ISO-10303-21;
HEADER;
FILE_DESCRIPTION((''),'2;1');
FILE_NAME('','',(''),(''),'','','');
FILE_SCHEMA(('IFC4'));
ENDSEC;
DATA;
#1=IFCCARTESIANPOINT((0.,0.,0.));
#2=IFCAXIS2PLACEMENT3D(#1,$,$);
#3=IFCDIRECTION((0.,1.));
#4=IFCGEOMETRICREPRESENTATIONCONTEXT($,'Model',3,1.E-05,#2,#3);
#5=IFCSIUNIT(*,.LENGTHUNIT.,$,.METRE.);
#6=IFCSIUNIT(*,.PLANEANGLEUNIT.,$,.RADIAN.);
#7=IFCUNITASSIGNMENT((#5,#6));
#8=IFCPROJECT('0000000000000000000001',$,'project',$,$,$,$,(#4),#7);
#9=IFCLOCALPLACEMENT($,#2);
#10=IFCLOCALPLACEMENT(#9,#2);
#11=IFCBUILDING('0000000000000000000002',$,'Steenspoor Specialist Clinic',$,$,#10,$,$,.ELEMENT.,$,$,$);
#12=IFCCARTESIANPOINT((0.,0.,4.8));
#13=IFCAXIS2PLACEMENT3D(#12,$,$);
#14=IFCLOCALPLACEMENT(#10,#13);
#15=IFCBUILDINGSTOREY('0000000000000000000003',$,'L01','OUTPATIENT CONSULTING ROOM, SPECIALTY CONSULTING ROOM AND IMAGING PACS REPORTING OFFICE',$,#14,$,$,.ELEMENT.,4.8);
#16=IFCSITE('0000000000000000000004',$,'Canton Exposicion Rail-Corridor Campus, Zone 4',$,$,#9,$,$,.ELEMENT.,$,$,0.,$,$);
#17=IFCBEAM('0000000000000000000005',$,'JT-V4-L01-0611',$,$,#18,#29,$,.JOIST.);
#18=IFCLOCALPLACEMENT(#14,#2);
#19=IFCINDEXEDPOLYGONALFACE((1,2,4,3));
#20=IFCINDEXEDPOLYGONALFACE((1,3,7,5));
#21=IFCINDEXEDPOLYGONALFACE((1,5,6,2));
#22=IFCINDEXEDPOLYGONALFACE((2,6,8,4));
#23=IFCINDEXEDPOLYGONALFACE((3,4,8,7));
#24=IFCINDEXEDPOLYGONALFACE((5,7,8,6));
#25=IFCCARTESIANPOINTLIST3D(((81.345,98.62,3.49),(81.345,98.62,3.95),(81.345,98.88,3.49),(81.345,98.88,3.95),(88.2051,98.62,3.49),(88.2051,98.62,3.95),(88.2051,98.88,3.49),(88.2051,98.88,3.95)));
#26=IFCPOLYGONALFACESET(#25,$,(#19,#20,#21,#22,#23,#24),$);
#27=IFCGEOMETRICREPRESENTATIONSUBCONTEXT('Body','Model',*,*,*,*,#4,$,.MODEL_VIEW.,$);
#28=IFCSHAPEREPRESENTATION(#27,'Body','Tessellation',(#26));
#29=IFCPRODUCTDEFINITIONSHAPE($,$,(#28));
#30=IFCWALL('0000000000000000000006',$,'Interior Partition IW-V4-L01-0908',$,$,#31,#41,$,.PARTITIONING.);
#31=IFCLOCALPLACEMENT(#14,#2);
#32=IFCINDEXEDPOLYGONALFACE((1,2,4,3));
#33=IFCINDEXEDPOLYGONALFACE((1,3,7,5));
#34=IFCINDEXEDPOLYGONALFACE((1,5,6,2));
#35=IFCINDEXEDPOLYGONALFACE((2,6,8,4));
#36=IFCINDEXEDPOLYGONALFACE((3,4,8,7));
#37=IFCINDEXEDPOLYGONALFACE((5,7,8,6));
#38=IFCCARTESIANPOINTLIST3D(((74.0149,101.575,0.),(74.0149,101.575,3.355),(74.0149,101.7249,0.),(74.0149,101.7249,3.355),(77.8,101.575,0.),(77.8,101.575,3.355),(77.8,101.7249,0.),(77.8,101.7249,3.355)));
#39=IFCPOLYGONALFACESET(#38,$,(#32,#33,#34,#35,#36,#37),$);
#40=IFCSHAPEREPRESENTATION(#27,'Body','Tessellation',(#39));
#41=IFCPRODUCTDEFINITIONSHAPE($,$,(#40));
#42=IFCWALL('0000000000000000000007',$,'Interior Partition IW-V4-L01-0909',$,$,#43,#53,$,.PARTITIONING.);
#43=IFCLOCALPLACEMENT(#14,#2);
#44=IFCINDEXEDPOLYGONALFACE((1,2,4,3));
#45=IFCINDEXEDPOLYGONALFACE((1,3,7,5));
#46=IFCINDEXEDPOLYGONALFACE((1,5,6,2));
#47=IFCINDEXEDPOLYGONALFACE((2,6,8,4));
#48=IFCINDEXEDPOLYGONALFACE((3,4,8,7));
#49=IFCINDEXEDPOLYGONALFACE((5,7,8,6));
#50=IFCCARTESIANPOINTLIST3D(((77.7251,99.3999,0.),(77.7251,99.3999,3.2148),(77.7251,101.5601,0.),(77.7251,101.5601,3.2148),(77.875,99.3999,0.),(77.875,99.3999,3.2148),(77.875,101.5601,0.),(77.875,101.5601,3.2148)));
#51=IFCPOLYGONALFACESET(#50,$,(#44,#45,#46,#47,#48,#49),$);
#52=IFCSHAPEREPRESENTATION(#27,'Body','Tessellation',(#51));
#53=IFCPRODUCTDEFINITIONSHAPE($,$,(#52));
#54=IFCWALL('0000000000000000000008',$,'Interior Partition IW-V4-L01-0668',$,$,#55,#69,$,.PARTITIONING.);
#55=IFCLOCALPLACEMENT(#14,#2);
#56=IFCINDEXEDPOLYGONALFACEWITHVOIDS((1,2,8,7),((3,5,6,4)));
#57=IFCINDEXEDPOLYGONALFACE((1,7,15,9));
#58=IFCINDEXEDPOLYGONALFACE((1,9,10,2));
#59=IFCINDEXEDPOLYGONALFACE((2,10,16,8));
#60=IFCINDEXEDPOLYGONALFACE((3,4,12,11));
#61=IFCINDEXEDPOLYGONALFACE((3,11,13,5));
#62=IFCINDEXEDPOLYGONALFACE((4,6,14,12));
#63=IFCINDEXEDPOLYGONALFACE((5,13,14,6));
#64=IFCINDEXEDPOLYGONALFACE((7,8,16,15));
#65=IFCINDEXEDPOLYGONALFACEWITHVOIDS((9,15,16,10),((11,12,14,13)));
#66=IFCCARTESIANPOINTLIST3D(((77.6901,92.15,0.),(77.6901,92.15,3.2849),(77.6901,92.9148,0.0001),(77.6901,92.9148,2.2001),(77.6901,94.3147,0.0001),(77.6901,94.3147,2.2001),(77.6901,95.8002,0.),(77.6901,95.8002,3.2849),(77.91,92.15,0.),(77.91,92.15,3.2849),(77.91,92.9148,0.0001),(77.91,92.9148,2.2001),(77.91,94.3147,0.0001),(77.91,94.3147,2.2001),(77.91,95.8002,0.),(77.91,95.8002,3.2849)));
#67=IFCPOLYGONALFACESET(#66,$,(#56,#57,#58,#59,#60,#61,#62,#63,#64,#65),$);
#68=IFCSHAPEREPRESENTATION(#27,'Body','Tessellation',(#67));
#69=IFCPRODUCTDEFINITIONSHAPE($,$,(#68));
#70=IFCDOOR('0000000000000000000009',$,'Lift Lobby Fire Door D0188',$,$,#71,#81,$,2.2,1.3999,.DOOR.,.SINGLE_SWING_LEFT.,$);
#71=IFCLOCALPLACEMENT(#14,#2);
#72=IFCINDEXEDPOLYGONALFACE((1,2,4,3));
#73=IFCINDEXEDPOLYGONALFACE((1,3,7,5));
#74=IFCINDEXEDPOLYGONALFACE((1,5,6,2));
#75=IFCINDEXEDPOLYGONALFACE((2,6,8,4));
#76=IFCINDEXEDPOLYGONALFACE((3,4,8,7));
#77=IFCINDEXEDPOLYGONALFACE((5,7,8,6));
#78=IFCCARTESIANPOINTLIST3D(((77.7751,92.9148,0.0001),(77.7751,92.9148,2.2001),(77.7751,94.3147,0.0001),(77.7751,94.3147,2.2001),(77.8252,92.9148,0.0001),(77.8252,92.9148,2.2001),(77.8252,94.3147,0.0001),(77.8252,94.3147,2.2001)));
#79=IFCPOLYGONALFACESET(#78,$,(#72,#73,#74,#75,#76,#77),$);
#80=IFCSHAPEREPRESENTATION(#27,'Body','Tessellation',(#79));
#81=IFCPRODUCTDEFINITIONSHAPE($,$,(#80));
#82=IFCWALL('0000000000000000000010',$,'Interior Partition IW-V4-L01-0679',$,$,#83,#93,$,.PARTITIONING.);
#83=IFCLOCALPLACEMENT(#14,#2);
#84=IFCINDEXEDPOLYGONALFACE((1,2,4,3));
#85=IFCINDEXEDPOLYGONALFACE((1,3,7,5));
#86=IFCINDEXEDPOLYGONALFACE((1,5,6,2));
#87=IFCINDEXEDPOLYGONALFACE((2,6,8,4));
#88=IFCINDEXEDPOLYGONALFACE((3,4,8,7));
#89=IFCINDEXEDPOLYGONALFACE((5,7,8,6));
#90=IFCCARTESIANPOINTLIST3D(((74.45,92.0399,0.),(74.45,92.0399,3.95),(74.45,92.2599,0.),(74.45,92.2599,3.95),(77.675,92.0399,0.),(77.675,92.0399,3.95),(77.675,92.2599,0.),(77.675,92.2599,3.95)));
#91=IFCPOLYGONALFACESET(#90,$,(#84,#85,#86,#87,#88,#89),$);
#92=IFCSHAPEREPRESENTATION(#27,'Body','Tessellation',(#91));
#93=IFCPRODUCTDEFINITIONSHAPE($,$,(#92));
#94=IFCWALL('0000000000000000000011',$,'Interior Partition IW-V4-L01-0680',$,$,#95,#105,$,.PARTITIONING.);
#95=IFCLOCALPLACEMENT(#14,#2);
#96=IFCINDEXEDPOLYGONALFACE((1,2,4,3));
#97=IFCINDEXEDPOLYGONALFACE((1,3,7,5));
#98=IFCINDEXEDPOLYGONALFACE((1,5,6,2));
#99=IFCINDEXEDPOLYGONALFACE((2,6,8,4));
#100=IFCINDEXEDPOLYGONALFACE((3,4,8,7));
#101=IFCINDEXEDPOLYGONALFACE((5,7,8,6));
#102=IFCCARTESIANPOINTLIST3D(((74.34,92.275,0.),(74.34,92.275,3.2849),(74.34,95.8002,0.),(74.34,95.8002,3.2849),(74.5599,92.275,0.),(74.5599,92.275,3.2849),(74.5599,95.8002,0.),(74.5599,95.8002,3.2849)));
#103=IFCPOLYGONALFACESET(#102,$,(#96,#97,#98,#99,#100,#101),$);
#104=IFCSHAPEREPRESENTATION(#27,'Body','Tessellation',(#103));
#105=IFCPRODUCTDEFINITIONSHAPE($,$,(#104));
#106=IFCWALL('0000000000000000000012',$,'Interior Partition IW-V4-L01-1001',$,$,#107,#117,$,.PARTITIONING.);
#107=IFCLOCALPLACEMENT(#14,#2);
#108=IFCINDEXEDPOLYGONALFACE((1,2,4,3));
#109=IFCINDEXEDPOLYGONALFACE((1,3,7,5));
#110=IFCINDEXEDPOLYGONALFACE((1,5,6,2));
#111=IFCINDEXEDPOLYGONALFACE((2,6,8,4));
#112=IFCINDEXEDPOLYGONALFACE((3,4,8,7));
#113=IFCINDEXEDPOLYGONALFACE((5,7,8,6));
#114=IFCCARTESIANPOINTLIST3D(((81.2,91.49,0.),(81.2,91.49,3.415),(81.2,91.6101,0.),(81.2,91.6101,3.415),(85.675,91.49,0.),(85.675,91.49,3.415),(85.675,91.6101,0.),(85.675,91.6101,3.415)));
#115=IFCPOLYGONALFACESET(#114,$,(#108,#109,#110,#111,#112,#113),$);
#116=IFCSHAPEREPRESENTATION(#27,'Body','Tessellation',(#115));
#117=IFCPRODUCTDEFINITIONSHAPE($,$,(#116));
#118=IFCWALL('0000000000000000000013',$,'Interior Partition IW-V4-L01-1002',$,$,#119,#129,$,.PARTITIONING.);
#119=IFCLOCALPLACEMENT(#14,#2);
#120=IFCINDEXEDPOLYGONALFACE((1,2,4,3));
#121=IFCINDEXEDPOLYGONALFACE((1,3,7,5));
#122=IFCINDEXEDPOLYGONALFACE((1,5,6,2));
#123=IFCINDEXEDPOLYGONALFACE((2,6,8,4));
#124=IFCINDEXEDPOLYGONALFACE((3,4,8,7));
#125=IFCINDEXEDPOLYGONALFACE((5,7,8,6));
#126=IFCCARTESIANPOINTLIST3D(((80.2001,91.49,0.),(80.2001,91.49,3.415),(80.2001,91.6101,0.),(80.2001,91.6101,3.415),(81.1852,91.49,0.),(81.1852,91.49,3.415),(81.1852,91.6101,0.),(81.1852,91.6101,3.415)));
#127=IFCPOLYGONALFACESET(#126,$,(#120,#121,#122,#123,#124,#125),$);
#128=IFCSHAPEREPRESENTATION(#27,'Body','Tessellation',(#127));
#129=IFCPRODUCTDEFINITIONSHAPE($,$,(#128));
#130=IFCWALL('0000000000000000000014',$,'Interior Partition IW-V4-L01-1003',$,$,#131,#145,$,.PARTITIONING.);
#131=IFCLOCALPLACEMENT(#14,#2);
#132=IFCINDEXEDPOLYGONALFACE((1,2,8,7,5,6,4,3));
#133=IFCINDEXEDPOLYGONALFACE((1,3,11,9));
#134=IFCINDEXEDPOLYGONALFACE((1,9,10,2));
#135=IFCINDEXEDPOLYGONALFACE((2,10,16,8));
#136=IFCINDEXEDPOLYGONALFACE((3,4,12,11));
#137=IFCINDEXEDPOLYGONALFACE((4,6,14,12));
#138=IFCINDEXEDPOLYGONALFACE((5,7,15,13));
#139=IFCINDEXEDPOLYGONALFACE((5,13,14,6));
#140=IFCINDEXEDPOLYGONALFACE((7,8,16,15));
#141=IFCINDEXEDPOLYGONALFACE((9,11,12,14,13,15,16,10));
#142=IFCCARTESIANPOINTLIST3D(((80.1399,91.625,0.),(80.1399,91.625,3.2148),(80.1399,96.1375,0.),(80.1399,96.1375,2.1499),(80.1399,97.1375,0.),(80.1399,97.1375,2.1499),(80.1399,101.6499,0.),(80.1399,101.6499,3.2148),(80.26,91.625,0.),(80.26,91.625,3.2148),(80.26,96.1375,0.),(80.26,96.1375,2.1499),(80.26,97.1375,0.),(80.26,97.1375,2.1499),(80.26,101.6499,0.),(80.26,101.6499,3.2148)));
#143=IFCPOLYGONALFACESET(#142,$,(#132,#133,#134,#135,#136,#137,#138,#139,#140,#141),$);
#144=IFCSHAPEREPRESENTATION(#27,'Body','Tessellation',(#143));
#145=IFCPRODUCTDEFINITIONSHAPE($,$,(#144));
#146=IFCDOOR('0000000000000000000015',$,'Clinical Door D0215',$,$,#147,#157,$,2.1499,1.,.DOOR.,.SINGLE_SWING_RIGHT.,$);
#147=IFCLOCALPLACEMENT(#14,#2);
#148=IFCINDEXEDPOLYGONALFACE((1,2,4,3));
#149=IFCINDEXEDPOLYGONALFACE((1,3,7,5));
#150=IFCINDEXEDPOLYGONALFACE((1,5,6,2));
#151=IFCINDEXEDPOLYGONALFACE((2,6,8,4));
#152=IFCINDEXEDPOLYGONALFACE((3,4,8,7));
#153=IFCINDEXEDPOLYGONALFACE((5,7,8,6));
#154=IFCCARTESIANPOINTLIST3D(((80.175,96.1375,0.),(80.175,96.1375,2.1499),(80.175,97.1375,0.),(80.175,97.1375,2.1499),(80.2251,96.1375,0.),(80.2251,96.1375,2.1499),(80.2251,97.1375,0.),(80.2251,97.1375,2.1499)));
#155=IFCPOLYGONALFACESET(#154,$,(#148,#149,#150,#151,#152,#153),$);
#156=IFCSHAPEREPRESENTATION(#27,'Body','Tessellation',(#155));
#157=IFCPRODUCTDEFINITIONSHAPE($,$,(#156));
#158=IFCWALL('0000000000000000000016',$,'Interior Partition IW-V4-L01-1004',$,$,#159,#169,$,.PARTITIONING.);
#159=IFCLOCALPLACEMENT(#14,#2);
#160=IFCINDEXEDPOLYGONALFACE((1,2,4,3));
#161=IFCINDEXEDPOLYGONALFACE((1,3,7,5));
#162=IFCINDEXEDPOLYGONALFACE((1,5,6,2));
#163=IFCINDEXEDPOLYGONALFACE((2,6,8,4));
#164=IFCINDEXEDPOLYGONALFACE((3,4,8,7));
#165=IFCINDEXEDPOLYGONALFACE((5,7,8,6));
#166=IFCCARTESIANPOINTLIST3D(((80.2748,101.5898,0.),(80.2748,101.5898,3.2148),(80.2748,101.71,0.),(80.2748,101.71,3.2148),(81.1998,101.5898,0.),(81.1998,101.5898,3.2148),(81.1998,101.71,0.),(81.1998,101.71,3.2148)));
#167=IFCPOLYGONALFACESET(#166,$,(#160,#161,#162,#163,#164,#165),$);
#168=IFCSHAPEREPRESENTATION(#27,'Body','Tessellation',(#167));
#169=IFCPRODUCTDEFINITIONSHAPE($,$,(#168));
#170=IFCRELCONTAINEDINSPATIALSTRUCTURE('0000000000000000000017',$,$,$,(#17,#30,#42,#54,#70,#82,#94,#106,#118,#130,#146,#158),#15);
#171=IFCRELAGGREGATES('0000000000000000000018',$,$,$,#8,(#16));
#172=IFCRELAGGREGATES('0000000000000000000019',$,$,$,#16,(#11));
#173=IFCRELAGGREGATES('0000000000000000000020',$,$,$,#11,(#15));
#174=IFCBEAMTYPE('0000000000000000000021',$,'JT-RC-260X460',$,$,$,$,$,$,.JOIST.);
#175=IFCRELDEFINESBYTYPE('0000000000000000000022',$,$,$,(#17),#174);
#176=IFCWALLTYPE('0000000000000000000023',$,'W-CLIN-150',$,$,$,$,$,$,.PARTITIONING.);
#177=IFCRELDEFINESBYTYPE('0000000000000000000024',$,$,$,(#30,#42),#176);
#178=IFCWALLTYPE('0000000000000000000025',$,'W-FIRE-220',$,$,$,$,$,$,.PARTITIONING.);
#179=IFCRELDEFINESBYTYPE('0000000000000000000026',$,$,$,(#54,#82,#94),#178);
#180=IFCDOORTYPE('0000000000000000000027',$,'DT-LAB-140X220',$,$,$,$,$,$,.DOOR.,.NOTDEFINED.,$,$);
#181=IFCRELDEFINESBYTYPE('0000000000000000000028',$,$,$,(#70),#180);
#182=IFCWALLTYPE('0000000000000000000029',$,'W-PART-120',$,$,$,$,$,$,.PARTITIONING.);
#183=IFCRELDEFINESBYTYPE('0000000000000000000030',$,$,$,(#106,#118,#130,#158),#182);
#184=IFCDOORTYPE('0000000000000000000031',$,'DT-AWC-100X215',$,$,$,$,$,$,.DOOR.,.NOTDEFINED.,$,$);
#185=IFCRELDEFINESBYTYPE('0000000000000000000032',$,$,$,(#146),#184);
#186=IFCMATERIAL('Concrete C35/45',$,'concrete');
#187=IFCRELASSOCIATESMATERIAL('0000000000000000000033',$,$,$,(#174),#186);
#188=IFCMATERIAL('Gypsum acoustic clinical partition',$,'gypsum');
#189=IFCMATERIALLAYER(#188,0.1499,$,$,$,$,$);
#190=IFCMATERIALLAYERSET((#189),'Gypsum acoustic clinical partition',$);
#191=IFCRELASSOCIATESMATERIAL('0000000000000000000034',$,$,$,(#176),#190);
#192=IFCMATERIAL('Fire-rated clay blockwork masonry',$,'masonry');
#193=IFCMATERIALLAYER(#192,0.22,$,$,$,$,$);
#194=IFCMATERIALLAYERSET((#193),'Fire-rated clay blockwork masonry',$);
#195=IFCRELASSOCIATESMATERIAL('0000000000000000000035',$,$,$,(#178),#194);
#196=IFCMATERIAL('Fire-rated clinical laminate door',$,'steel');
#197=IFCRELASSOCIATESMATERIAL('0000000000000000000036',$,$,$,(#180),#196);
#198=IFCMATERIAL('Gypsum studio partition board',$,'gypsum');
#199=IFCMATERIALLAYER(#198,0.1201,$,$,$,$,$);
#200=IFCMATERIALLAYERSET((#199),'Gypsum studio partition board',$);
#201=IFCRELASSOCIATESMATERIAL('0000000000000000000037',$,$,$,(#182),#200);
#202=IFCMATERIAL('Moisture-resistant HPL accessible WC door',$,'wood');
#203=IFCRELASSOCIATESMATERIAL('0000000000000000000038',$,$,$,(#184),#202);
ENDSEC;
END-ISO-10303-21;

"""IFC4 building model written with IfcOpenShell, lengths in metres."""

from ifc_helpers import new_model, si_unit, direction, frame, frame_2d, origin, origin_2d, place, context, subcontext, project, spatial, rectangle, extrude, material, layer, layer_set, material_profile, profile_set, type_object, element, fill, save


model = new_model("IFC4")

# Units and contexts
model_context = context("Model", 3, precision=1e-05, world=origin(), true_north=direction((0.0, 1.0)))
body_context = subcontext(model_context, "Body", "Model", "MODEL_VIEW")
ifc_project = project(units=[si_unit("LENGTHUNIT", "METRE"), si_unit("PLANEANGLEUNIT", "RADIAN")], contexts=[model_context])

# Site, building, storey
site_placement = place(None, origin())
site = spatial("IfcSite", under=ifc_project, at=site_placement, Name="Canton Exposicion Rail-Corridor Campus, Zone 4", CompositionType="ELEMENT", RefElevation=0.0)
building_placement = place(site_placement, origin())
building = spatial("IfcBuilding", under=site, at=building_placement, Name="Steenspoor Specialist Clinic", CompositionType="ELEMENT")
storey_placement = place(building_placement, frame((0.0, 0.0, 4.8)))
storey = spatial("IfcBuildingStorey", under=building, at=storey_placement, Name="L01", Description="OUTPATIENT CONSULTING ROOM, SPECIALTY CONSULTING ROOM AND IMAGING PACS REPORTING OFFICE", CompositionType="ELEMENT", Elevation=4.8)

# Beam
ifc_material_1 = material(Name="Concrete C35/45", Category="concrete")
ifc_material_profile_1 = material_profile(ifc_material_1, rectangle(XDim=0.26, YDim=0.46, at=origin_2d()), Name="RC-JT-260X460")
ifc_profile_set_1 = profile_set([ifc_material_profile_1], Name="Concrete C35/45")
beam_type_1 = type_object("IfcBeamType", Name="JT-RC-260X460", PredefinedType="JOIST", material=ifc_profile_set_1)
beam_1_placement = place(storey_placement, frame((81.345, 98.75, 3.72), z_axis=(1.0, 0.0, 0.0), x_axis=(0.0, 1.0, 0.0)))
element("IfcBeam", 1, at=beam_1_placement, inside=storey, type_object=beam_type_1, Name="JT-V4-L01-0611", PredefinedType="JOIST", context=body_context, shape_type="SweptSolid", body=[
    extrude(rectangle(XDim=0.26, YDim=0.46, at=origin_2d()), origin(), (0.0, 0.0, 1.0), 6.8601),
])

# Walls
ifc_material_2 = material(Name="Gypsum acoustic clinical partition", Category="gypsum")
ifc_layer_1 = layer(ifc_material_2, 0.1499)
ifc_layer_set_1 = layer_set([ifc_layer_1], Name="Gypsum acoustic clinical partition")
wall_type_1 = type_object("IfcWallType", Name="W-CLIN-150", PredefinedType="PARTITIONING", material=ifc_layer_set_1)
wall_1_placement = place(storey_placement, frame((74.0149, 101.6499, 0.0), z_axis=(0.0, 0.0, 1.0), x_axis=(1.0, 0.0, 0.0)))
element("IfcWall", 2, at=wall_1_placement, inside=storey, type_object=wall_type_1, Name="Interior Partition IW-V4-L01-0908", PredefinedType="PARTITIONING", context=body_context, shape_type="SweptSolid", body=[
    extrude(rectangle(XDim=3.7852, YDim=0.1499, at=frame_2d((1.8926, 0.0))), origin(), (0.0, 0.0, 1.0), 3.355),
])
wall_2_placement = place(storey_placement, frame((77.8, 99.3999, 0.0), z_axis=(0.0, 0.0, 1.0), x_axis=(0.0, 1.0, 0.0)))
element("IfcWall", 3, at=wall_2_placement, inside=storey, type_object=wall_type_1, Name="Interior Partition IW-V4-L01-0909", PredefinedType="PARTITIONING", context=body_context, shape_type="SweptSolid", body=[
    extrude(rectangle(XDim=2.1602, YDim=0.1499, at=frame_2d((1.0801, 0.0))), origin(), (0.0, 0.0, 1.0), 3.2148),
])

# Wall, opening, door
ifc_material_3 = material(Name="Fire-rated clay blockwork masonry", Category="masonry")
ifc_layer_2 = layer(ifc_material_3, 0.22)
ifc_layer_set_2 = layer_set([ifc_layer_2], Name="Fire-rated clay blockwork masonry")
wall_type_2 = type_object("IfcWallType", Name="W-FIRE-220", PredefinedType="PARTITIONING", material=ifc_layer_set_2)
wall_3_placement = place(storey_placement, frame((77.8, 92.1499, 0.0), z_axis=(0.0, 0.0, 1.0), x_axis=(0.0, 1.0, 0.0)))
wall_3 = element("IfcWall", 4, at=wall_3_placement, inside=storey, type_object=wall_type_2, Name="Interior Partition IW-V4-L01-0668", PredefinedType="PARTITIONING", context=body_context, shape_type="SweptSolid", body=[
    extrude(rectangle(XDim=3.6501, YDim=0.22, at=frame_2d((1.8252, 0.0))), origin(), (0.0, 0.0, 1.0), 3.2849),
])
opening_1_placement = place(wall_3_placement, frame((0.7649, 0.0, 0.0)))
opening_1 = element("IfcOpeningElement", 5, at=opening_1_placement, cuts=wall_3, PredefinedType="OPENING", context=body_context, shape_type="SweptSolid", body=[
    extrude(rectangle(XDim=1.3999, YDim=2.2, at=frame_2d((0.7, 1.1001))), frame((0.0, 0.1201, 0.0), z_axis=(0.0, -1.0, 0.0), x_axis=(1.0, 0.0, 0.0)), (0.0, 0.0, 1.0), 0.24),
])
ifc_material_4 = material(Name="Fire-rated clinical laminate door", Category="steel")
door_type_1 = type_object("IfcDoorType", Name="DT-LAB-140X220", OperationType="NOTDEFINED", PredefinedType="DOOR", material=ifc_material_4)
door_1_placement = place(opening_1_placement, origin())
door_1 = element("IfcDoor", 6, at=door_1_placement, inside=storey, type_object=door_type_1, Name="Lift Lobby Fire Door D0188", OperationType="SINGLE_SWING_LEFT", OverallHeight=2.2, OverallWidth=1.3999, PredefinedType="DOOR", context=body_context, shape_type="SweptSolid", body=[
    extrude(rectangle(XDim=1.3999, YDim=2.2, at=frame_2d((0.7, 1.1001))), frame((0.0, 0.0249, 0.0), z_axis=(0.0, -1.0, 0.0), x_axis=(1.0, 0.0, 0.0)), (0.0, 0.0, 1.0), 0.05),
])
fill(opening_1, door_1)

# Walls
wall_4_placement = place(storey_placement, frame((74.45, 92.1499, 0.0), z_axis=(0.0, 0.0, 1.0), x_axis=(1.0, 0.0, 0.0)))
element("IfcWall", 7, at=wall_4_placement, inside=storey, type_object=wall_type_2, Name="Interior Partition IW-V4-L01-0679", PredefinedType="PARTITIONING", context=body_context, shape_type="SweptSolid", body=[
    extrude(rectangle(XDim=3.2251, YDim=0.22, at=frame_2d((1.6125, 0.0))), origin(), (0.0, 0.0, 1.0), 3.95),
])
wall_5_placement = place(storey_placement, frame((74.45, 92.2749, 0.0), z_axis=(0.0, 0.0, 1.0), x_axis=(0.0, 1.0, 0.0)))
element("IfcWall", 8, at=wall_5_placement, inside=storey, type_object=wall_type_2, Name="Interior Partition IW-V4-L01-0680", PredefinedType="PARTITIONING", context=body_context, shape_type="SweptSolid", body=[
    extrude(rectangle(XDim=3.5251, YDim=0.22, at=frame_2d((1.7627, 0.0))), origin(), (0.0, 0.0, 1.0), 3.2849),
])
ifc_material_5 = material(Name="Gypsum studio partition board", Category="gypsum")
ifc_layer_3 = layer(ifc_material_5, 0.1201)
ifc_layer_set_3 = layer_set([ifc_layer_3], Name="Gypsum studio partition board")
wall_type_3 = type_object("IfcWallType", Name="W-PART-120", PredefinedType="PARTITIONING", material=ifc_layer_set_3)
wall_6_placement = place(storey_placement, frame((81.2, 91.55, 0.0), z_axis=(0.0, 0.0, 1.0), x_axis=(1.0, 0.0, 0.0)))
element("IfcWall", 9, at=wall_6_placement, inside=storey, type_object=wall_type_3, Name="Interior Partition IW-V4-L01-1001", PredefinedType="PARTITIONING", context=body_context, shape_type="SweptSolid", body=[
    extrude(rectangle(XDim=4.4751, YDim=0.1201, at=frame_2d((2.2375, 0.0))), origin(), (0.0, 0.0, 1.0), 3.415),
])
wall_7_placement = place(storey_placement, frame((80.2, 91.55, 0.0), z_axis=(0.0, 0.0, 1.0), x_axis=(1.0, 0.0, 0.0)))
element("IfcWall", 10, at=wall_7_placement, inside=storey, type_object=wall_type_3, Name="Interior Partition IW-V4-L01-1002", PredefinedType="PARTITIONING", context=body_context, shape_type="SweptSolid", body=[
    extrude(rectangle(XDim=0.9851, YDim=0.1201, at=frame_2d((0.4927, 0.0))), origin(), (0.0, 0.0, 1.0), 3.415),
])

# Wall, opening, door
wall_8_placement = place(storey_placement, frame((80.2, 91.625, 0.0), z_axis=(0.0, 0.0, 1.0), x_axis=(0.0, 1.0, 0.0)))
wall_8 = element("IfcWall", 11, at=wall_8_placement, inside=storey, type_object=wall_type_3, Name="Interior Partition IW-V4-L01-1003", PredefinedType="PARTITIONING", context=body_context, shape_type="SweptSolid", body=[
    extrude(rectangle(XDim=10.0249, YDim=0.1201, at=frame_2d((5.0125, 0.0))), origin(), (0.0, 0.0, 1.0), 3.2148),
])
opening_2_placement = place(wall_8_placement, frame((4.5125, 0.0, 0.0)))
opening_2 = element("IfcOpeningElement", 12, at=opening_2_placement, cuts=wall_8, PredefinedType="OPENING", context=body_context, shape_type="SweptSolid", body=[
    extrude(rectangle(XDim=1.0, YDim=2.1499, at=frame_2d((0.5, 1.075))), frame((0.0, 0.0701, 0.0), z_axis=(0.0, -1.0, 0.0), x_axis=(1.0, 0.0, 0.0)), (0.0, 0.0, 1.0), 0.1401),
])
ifc_material_6 = material(Name="Moisture-resistant HPL accessible WC door", Category="wood")
door_type_2 = type_object("IfcDoorType", Name="DT-AWC-100X215", OperationType="NOTDEFINED", PredefinedType="DOOR", material=ifc_material_6)
door_2_placement = place(opening_2_placement, origin())
door_2 = element("IfcDoor", 13, at=door_2_placement, inside=storey, type_object=door_type_2, Name="Clinical Door D0215", OperationType="SINGLE_SWING_RIGHT", OverallHeight=2.1499, OverallWidth=1.0, PredefinedType="DOOR", context=body_context, shape_type="SweptSolid", body=[
    extrude(rectangle(XDim=1.0, YDim=2.1499, at=frame_2d((0.5, 1.075))), frame((0.0, 0.0249, 0.0), z_axis=(0.0, -1.0, 0.0), x_axis=(1.0, 0.0, 0.0)), (0.0, 0.0, 1.0), 0.05),
])
fill(opening_2, door_2)

# Wall
wall_9_placement = place(storey_placement, frame((80.2749, 101.6499, 0.0), z_axis=(0.0, 0.0, 1.0), x_axis=(1.0, 0.0, 0.0)))
element("IfcWall", 14, at=wall_9_placement, inside=storey, type_object=wall_type_3, Name="Interior Partition IW-V4-L01-1004", PredefinedType="PARTITIONING", context=body_context, shape_type="SweptSolid", body=[
    extrude(rectangle(XDim=0.925, YDim=0.1201, at=frame_2d((0.4624, 0.0))), origin(), (0.0, 0.0, 1.0), 3.2148),
])

save(model, "model.ifc")
